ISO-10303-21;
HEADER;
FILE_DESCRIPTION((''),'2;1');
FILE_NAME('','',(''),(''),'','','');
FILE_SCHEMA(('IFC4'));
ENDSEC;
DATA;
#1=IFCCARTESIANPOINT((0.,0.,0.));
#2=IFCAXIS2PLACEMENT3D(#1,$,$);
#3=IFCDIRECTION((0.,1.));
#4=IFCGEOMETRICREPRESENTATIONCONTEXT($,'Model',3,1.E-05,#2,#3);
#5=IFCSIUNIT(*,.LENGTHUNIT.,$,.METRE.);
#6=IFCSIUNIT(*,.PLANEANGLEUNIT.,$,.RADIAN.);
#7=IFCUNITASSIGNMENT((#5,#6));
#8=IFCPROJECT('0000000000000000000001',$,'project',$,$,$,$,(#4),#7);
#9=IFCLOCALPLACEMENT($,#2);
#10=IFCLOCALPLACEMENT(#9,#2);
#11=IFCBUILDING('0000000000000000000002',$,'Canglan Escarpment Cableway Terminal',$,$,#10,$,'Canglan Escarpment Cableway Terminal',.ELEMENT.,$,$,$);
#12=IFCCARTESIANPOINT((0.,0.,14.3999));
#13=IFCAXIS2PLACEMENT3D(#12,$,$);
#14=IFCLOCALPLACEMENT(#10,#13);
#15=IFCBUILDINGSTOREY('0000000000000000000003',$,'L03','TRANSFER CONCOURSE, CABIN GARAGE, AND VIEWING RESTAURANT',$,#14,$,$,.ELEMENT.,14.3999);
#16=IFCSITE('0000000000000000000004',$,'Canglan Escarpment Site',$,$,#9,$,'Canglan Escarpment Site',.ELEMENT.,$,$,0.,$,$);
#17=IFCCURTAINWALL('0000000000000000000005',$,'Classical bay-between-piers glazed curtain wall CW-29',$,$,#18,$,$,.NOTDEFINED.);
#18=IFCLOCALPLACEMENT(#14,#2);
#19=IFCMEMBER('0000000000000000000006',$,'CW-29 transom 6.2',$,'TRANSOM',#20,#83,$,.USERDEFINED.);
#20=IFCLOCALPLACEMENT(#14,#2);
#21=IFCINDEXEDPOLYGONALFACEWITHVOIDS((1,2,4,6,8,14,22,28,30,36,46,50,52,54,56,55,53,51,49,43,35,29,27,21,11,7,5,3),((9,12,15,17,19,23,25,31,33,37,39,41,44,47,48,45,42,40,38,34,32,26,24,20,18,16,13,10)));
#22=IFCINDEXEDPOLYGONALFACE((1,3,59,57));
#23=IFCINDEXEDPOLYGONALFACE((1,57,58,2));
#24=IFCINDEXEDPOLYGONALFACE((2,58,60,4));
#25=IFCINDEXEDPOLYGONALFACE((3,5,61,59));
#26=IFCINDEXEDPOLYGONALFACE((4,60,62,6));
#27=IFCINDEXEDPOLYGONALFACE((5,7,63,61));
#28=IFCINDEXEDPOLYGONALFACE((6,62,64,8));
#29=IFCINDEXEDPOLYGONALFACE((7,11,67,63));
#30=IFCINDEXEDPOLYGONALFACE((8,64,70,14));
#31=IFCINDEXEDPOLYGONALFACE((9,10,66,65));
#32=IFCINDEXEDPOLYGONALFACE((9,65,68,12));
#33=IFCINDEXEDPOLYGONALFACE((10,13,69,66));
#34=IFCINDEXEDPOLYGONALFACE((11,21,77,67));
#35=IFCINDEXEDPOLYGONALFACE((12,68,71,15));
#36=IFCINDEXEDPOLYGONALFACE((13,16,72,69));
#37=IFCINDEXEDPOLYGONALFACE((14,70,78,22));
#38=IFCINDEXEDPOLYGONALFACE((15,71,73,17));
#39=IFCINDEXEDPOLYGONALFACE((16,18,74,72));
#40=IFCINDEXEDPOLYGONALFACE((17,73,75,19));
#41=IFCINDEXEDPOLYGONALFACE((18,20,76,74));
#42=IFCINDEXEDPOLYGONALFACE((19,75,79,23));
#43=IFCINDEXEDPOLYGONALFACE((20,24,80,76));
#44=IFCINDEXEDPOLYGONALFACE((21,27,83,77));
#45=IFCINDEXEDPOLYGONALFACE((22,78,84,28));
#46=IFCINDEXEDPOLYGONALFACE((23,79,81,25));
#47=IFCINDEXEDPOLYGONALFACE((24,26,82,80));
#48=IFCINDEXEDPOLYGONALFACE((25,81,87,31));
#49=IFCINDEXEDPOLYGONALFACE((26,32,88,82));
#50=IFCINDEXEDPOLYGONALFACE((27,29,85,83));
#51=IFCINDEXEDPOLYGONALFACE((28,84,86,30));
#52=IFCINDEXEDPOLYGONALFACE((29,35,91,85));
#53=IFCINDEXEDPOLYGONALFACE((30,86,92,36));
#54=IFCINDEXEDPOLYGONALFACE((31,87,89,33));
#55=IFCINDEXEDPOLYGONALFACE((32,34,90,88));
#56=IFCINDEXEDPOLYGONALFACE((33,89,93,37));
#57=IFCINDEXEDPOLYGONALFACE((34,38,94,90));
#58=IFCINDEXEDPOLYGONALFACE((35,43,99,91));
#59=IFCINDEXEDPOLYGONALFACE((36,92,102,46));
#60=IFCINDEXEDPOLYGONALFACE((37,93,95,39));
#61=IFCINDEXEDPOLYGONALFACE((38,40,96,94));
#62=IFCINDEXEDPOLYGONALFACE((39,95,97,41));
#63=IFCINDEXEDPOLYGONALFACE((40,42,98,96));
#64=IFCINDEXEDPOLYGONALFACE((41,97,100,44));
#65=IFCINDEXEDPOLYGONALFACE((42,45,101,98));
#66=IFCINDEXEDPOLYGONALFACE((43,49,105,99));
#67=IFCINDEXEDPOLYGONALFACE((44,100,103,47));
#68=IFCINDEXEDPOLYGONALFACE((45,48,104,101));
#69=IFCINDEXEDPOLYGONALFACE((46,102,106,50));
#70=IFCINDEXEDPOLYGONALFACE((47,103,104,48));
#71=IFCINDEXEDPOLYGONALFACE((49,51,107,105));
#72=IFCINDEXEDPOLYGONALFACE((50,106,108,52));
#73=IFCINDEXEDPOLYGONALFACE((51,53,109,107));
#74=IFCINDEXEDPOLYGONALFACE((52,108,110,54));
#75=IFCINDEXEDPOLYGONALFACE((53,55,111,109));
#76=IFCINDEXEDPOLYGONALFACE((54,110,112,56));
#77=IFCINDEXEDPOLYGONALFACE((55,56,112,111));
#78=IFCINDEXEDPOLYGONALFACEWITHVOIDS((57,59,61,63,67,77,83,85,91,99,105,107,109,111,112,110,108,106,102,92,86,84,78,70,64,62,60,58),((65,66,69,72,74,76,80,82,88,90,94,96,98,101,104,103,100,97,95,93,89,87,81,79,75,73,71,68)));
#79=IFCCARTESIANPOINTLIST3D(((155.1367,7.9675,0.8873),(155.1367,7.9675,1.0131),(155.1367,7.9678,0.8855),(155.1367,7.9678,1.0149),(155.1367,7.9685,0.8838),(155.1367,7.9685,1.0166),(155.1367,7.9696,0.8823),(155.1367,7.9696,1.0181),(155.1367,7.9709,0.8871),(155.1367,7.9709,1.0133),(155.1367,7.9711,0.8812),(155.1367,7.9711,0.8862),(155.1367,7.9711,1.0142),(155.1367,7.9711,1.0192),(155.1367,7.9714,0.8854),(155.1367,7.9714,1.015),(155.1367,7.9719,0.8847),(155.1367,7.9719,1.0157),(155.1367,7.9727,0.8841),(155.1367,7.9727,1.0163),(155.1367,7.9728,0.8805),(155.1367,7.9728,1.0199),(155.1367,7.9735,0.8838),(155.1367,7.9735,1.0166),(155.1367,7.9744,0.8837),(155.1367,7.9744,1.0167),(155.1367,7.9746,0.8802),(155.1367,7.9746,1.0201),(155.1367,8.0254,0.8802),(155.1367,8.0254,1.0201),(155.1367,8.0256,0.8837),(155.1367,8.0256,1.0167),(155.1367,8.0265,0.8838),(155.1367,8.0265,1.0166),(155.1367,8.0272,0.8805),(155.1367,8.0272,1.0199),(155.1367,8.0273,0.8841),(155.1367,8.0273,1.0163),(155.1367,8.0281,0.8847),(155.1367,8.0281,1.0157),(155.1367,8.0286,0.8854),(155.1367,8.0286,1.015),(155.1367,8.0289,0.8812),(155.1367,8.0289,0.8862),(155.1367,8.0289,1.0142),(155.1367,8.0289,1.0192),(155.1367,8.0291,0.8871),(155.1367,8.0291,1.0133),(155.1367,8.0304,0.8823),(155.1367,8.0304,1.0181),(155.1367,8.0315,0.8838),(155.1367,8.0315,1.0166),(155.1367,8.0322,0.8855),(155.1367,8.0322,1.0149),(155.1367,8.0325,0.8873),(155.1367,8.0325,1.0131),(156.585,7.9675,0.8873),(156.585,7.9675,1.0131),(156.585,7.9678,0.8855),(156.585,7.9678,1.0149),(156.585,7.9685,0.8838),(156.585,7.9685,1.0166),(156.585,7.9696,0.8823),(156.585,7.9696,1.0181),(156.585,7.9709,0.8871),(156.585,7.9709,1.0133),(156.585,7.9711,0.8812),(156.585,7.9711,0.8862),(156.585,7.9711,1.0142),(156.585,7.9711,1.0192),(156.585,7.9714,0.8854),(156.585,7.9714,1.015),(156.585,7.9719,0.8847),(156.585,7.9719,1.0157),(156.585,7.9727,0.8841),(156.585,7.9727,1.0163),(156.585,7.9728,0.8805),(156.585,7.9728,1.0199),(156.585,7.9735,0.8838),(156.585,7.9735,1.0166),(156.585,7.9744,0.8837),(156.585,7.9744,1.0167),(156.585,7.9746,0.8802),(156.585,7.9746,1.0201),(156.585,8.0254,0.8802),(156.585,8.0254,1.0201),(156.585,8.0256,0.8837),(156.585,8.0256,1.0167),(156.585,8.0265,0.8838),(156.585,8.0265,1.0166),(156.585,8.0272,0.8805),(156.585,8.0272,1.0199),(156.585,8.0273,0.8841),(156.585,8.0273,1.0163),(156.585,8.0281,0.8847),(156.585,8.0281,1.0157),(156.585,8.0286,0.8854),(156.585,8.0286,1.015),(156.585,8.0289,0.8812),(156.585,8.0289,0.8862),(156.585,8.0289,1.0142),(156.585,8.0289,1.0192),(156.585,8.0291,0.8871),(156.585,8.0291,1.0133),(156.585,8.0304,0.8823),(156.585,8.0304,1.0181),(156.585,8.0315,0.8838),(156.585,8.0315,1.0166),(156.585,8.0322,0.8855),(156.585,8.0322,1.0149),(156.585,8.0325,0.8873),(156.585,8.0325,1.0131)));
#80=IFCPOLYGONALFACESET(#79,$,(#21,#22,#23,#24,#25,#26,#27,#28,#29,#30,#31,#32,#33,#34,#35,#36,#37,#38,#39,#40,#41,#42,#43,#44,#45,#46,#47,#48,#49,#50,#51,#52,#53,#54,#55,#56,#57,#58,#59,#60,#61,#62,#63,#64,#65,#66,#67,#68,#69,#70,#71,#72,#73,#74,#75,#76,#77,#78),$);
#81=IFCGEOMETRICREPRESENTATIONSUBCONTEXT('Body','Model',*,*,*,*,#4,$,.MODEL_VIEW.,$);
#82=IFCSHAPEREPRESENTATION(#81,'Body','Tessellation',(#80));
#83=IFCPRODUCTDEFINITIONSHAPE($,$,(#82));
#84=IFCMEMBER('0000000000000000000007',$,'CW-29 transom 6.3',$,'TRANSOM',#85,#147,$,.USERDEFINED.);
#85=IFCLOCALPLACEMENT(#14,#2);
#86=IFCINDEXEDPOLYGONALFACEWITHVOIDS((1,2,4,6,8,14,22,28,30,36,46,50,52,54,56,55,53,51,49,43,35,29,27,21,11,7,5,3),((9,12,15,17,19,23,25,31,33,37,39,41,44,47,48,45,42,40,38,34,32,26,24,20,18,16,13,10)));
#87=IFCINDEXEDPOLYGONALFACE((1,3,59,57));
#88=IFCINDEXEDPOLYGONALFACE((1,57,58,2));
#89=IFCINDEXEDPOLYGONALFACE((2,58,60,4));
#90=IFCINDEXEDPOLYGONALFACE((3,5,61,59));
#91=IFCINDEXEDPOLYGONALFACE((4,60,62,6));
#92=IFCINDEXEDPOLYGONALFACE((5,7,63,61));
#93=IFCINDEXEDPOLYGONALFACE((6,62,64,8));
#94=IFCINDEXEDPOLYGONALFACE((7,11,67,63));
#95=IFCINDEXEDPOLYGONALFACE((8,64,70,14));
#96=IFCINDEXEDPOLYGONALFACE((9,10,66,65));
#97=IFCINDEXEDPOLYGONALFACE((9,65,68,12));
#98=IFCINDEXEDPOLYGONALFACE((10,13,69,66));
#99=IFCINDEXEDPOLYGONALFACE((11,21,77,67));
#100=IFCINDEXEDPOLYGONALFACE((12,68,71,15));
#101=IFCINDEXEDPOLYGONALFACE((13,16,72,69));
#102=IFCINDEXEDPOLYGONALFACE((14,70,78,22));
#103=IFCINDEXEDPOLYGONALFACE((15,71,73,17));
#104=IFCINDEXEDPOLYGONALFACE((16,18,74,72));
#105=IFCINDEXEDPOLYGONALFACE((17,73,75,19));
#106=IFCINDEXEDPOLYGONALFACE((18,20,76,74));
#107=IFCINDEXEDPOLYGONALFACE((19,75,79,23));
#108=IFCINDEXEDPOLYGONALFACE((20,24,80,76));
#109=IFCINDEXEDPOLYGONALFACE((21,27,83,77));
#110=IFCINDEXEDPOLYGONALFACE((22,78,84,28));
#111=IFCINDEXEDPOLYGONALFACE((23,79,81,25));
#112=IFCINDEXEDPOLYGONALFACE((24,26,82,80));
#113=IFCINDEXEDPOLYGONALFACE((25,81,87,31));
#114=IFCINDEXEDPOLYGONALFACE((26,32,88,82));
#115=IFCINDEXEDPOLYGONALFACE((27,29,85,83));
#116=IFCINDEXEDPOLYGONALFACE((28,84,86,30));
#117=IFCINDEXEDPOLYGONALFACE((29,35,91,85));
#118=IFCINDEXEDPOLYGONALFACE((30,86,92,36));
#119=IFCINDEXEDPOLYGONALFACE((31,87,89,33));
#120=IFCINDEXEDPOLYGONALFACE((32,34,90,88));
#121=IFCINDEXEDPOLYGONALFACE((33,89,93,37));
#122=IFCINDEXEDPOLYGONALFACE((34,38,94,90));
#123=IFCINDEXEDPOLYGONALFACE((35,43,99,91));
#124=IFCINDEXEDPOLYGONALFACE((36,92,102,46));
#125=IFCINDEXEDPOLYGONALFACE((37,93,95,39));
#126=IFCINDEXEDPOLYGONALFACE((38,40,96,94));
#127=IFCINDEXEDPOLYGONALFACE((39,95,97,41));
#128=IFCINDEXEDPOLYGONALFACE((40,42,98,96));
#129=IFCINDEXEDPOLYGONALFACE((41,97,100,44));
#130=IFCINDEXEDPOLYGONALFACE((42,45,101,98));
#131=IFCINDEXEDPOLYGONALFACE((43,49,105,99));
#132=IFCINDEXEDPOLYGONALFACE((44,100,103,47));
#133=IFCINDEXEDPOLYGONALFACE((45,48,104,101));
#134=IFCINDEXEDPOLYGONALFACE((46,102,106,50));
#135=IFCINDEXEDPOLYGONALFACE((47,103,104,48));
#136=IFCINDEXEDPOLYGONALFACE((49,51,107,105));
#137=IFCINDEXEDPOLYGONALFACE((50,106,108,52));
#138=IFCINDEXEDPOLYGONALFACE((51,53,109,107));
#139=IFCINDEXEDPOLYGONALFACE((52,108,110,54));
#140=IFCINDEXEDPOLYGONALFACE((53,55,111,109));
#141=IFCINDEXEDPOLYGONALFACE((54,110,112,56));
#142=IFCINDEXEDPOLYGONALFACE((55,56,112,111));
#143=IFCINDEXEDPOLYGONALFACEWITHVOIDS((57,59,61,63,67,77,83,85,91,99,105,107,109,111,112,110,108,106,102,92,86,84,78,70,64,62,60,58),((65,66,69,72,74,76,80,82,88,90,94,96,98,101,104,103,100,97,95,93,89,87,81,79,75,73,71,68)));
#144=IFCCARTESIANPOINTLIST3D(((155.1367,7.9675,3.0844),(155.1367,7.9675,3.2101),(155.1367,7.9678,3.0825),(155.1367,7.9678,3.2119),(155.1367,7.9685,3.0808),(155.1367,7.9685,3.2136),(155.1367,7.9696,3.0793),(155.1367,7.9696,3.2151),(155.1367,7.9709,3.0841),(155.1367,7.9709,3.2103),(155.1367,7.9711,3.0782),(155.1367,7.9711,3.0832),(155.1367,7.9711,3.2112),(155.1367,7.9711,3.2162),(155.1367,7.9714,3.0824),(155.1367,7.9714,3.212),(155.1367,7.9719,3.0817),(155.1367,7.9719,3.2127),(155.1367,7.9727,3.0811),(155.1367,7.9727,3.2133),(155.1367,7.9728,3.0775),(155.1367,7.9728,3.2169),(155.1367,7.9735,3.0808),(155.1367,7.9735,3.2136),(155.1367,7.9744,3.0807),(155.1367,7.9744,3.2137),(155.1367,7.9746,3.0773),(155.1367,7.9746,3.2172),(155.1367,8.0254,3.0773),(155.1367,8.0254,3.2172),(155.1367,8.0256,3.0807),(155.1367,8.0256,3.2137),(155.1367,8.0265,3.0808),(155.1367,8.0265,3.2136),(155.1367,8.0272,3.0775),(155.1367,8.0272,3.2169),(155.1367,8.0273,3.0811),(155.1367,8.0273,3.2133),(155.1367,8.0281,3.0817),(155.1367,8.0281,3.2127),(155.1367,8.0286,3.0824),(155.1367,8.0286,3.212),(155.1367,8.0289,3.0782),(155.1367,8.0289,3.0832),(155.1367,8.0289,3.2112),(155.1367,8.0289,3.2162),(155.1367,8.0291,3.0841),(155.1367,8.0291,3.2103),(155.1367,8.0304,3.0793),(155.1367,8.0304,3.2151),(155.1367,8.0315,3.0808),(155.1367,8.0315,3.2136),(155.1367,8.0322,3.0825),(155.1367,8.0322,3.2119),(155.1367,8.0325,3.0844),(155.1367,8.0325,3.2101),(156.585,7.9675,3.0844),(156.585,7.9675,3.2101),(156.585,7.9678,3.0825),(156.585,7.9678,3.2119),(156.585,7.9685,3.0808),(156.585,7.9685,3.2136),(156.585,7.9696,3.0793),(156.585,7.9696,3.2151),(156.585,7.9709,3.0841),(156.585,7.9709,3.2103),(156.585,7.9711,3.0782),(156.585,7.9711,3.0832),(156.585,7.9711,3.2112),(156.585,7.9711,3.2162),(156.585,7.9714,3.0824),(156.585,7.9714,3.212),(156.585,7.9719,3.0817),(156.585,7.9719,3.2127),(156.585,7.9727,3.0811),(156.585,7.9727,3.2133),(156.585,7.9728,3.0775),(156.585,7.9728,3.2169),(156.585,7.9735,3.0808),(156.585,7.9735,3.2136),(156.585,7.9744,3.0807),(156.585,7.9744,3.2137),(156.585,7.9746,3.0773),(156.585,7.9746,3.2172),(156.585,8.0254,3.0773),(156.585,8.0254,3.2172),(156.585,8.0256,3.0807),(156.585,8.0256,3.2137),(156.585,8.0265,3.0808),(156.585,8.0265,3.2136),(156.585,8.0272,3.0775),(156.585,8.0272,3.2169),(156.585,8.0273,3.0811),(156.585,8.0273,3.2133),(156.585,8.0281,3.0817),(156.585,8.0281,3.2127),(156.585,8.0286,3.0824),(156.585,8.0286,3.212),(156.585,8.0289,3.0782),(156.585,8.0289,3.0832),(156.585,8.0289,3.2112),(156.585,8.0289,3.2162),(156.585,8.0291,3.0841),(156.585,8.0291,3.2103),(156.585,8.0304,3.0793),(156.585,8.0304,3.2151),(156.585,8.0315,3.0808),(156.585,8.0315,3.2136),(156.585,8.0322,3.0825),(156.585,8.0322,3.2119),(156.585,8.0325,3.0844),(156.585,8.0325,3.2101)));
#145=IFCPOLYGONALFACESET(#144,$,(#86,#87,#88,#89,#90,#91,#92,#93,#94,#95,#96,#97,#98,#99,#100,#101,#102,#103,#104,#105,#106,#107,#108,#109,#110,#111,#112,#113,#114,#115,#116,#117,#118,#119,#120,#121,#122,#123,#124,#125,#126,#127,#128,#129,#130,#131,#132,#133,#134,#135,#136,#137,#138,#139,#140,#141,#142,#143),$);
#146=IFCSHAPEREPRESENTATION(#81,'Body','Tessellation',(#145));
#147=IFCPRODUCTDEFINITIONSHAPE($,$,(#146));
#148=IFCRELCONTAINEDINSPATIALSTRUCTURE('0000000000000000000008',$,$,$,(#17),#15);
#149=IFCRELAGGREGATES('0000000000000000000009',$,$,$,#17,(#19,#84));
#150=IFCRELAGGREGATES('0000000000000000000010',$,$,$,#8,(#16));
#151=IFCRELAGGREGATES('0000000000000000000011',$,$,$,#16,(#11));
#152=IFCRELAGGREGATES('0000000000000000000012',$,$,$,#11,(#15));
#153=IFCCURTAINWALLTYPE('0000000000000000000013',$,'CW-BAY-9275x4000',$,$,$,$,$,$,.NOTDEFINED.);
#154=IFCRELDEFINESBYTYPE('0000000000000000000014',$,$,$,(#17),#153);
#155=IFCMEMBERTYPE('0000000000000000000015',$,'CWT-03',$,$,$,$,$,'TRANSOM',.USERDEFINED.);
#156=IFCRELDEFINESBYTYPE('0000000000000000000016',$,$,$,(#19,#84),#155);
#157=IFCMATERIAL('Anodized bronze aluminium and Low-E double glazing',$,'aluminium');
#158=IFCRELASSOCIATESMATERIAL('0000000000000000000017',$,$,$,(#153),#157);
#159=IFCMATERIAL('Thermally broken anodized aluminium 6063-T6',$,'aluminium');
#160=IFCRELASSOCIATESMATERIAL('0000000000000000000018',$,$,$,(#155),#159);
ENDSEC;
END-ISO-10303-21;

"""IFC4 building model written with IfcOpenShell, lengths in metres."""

from ifc_helpers import new_model, si_unit, direction, frame, origin, origin_2d, place, context, subcontext, project, spatial, hollow_rectangle, extrude, material, material_profile, profile_set, type_object, element, aggregate, save


model = new_model("IFC4")

# Units and contexts
model_context = context("Model", 3, precision=1e-05, world=origin(), true_north=direction((0.0, 1.0)))
body_context = subcontext(model_context, "Body", "Model", "MODEL_VIEW")
ifc_project = project(units=[si_unit("LENGTHUNIT", "METRE"), si_unit("PLANEANGLEUNIT", "RADIAN")], contexts=[model_context])

# Site, building, storey
site_placement = place(None, origin())
site = spatial("IfcSite", under=ifc_project, at=site_placement, Name="Canglan Escarpment Site", LongName="Canglan Escarpment Site", CompositionType="ELEMENT", RefElevation=0.0)
building_placement = place(site_placement, origin())
building = spatial("IfcBuilding", under=site, at=building_placement, Name="Canglan Escarpment Cableway Terminal", LongName="Canglan Escarpment Cableway Terminal", CompositionType="ELEMENT")
storey_placement = place(building_placement, frame((0.0, 0.0, 14.3999)))
storey = spatial("IfcBuildingStorey", under=building, at=storey_placement, Name="L03", Description="TRANSFER CONCOURSE, CABIN GARAGE, AND VIEWING RESTAURANT", CompositionType="ELEMENT", Elevation=14.3999)

# Curtain wall, members
ifc_material_1 = material(Name="Anodized bronze aluminium and Low-E double glazing", Category="aluminium")
curtain_wall_type = type_object("IfcCurtainWallType", Name="CW-BAY-9275x4000", PredefinedType="NOTDEFINED", material=ifc_material_1)
curtain_wall_placement = place(storey_placement, origin())
curtain_wall = element("IfcCurtainWall", 1, at=curtain_wall_placement, inside=storey, type_object=curtain_wall_type, Name="Classical bay-between-piers glazed curtain wall CW-29", PredefinedType="NOTDEFINED")
ifc_material_2 = material(Name="Thermally broken anodized aluminium 6063-T6", Category="aluminium")
ifc_material_profile_1 = material_profile(ifc_material_2, hollow_rectangle(XDim=0.0649, YDim=0.1399, WallThickness=0.0034, InnerFilletRadius=0.0034, OuterFilletRadius=0.0071, at=origin_2d()), Name="ALU-TRAN 65x140x3.5")
ifc_profile_set_1 = profile_set([ifc_material_profile_1], Name="Thermally broken anodized aluminium 6063-T6")
member_type_1 = type_object("IfcMemberType", Name="CWT-03", ElementType="TRANSOM", PredefinedType="USERDEFINED", material=ifc_profile_set_1)
member_1_placement = place(storey_placement, frame((155.1367, 8.0, 0.9502), z_axis=(1.0, 0.0, 0.0), x_axis=(0.0, 1.0, 0.0)))
member_1 = element("IfcMember", 2, at=member_1_placement, type_object=member_type_1, Name="CW-29 transom 6.2", ObjectType="TRANSOM", PredefinedType="USERDEFINED", context=body_context, shape_type="SweptSolid", body=[
    extrude(hollow_rectangle(XDim=0.0649, YDim=0.1399, WallThickness=0.0034, InnerFilletRadius=0.0034, OuterFilletRadius=0.0071, at=origin_2d()), origin(), (0.0, 0.0, 1.0), 1.4482),
])
member_2_placement = place(storey_placement, frame((155.1367, 8.0, 3.1472), z_axis=(1.0, 0.0, 0.0), x_axis=(0.0, 1.0, 0.0)))
member_2 = element("IfcMember", 3, at=member_2_placement, type_object=member_type_1, Name="CW-29 transom 6.3", ObjectType="TRANSOM", PredefinedType="USERDEFINED", context=body_context, shape_type="SweptSolid", body=[
    extrude(hollow_rectangle(XDim=0.0649, YDim=0.1399, WallThickness=0.0034, InnerFilletRadius=0.0034, OuterFilletRadius=0.0071, at=origin_2d()), origin(), (0.0, 0.0, 1.0), 1.4482),
])
aggregate(curtain_wall, [member_1, member_2])

save(model, "model.ifc")
